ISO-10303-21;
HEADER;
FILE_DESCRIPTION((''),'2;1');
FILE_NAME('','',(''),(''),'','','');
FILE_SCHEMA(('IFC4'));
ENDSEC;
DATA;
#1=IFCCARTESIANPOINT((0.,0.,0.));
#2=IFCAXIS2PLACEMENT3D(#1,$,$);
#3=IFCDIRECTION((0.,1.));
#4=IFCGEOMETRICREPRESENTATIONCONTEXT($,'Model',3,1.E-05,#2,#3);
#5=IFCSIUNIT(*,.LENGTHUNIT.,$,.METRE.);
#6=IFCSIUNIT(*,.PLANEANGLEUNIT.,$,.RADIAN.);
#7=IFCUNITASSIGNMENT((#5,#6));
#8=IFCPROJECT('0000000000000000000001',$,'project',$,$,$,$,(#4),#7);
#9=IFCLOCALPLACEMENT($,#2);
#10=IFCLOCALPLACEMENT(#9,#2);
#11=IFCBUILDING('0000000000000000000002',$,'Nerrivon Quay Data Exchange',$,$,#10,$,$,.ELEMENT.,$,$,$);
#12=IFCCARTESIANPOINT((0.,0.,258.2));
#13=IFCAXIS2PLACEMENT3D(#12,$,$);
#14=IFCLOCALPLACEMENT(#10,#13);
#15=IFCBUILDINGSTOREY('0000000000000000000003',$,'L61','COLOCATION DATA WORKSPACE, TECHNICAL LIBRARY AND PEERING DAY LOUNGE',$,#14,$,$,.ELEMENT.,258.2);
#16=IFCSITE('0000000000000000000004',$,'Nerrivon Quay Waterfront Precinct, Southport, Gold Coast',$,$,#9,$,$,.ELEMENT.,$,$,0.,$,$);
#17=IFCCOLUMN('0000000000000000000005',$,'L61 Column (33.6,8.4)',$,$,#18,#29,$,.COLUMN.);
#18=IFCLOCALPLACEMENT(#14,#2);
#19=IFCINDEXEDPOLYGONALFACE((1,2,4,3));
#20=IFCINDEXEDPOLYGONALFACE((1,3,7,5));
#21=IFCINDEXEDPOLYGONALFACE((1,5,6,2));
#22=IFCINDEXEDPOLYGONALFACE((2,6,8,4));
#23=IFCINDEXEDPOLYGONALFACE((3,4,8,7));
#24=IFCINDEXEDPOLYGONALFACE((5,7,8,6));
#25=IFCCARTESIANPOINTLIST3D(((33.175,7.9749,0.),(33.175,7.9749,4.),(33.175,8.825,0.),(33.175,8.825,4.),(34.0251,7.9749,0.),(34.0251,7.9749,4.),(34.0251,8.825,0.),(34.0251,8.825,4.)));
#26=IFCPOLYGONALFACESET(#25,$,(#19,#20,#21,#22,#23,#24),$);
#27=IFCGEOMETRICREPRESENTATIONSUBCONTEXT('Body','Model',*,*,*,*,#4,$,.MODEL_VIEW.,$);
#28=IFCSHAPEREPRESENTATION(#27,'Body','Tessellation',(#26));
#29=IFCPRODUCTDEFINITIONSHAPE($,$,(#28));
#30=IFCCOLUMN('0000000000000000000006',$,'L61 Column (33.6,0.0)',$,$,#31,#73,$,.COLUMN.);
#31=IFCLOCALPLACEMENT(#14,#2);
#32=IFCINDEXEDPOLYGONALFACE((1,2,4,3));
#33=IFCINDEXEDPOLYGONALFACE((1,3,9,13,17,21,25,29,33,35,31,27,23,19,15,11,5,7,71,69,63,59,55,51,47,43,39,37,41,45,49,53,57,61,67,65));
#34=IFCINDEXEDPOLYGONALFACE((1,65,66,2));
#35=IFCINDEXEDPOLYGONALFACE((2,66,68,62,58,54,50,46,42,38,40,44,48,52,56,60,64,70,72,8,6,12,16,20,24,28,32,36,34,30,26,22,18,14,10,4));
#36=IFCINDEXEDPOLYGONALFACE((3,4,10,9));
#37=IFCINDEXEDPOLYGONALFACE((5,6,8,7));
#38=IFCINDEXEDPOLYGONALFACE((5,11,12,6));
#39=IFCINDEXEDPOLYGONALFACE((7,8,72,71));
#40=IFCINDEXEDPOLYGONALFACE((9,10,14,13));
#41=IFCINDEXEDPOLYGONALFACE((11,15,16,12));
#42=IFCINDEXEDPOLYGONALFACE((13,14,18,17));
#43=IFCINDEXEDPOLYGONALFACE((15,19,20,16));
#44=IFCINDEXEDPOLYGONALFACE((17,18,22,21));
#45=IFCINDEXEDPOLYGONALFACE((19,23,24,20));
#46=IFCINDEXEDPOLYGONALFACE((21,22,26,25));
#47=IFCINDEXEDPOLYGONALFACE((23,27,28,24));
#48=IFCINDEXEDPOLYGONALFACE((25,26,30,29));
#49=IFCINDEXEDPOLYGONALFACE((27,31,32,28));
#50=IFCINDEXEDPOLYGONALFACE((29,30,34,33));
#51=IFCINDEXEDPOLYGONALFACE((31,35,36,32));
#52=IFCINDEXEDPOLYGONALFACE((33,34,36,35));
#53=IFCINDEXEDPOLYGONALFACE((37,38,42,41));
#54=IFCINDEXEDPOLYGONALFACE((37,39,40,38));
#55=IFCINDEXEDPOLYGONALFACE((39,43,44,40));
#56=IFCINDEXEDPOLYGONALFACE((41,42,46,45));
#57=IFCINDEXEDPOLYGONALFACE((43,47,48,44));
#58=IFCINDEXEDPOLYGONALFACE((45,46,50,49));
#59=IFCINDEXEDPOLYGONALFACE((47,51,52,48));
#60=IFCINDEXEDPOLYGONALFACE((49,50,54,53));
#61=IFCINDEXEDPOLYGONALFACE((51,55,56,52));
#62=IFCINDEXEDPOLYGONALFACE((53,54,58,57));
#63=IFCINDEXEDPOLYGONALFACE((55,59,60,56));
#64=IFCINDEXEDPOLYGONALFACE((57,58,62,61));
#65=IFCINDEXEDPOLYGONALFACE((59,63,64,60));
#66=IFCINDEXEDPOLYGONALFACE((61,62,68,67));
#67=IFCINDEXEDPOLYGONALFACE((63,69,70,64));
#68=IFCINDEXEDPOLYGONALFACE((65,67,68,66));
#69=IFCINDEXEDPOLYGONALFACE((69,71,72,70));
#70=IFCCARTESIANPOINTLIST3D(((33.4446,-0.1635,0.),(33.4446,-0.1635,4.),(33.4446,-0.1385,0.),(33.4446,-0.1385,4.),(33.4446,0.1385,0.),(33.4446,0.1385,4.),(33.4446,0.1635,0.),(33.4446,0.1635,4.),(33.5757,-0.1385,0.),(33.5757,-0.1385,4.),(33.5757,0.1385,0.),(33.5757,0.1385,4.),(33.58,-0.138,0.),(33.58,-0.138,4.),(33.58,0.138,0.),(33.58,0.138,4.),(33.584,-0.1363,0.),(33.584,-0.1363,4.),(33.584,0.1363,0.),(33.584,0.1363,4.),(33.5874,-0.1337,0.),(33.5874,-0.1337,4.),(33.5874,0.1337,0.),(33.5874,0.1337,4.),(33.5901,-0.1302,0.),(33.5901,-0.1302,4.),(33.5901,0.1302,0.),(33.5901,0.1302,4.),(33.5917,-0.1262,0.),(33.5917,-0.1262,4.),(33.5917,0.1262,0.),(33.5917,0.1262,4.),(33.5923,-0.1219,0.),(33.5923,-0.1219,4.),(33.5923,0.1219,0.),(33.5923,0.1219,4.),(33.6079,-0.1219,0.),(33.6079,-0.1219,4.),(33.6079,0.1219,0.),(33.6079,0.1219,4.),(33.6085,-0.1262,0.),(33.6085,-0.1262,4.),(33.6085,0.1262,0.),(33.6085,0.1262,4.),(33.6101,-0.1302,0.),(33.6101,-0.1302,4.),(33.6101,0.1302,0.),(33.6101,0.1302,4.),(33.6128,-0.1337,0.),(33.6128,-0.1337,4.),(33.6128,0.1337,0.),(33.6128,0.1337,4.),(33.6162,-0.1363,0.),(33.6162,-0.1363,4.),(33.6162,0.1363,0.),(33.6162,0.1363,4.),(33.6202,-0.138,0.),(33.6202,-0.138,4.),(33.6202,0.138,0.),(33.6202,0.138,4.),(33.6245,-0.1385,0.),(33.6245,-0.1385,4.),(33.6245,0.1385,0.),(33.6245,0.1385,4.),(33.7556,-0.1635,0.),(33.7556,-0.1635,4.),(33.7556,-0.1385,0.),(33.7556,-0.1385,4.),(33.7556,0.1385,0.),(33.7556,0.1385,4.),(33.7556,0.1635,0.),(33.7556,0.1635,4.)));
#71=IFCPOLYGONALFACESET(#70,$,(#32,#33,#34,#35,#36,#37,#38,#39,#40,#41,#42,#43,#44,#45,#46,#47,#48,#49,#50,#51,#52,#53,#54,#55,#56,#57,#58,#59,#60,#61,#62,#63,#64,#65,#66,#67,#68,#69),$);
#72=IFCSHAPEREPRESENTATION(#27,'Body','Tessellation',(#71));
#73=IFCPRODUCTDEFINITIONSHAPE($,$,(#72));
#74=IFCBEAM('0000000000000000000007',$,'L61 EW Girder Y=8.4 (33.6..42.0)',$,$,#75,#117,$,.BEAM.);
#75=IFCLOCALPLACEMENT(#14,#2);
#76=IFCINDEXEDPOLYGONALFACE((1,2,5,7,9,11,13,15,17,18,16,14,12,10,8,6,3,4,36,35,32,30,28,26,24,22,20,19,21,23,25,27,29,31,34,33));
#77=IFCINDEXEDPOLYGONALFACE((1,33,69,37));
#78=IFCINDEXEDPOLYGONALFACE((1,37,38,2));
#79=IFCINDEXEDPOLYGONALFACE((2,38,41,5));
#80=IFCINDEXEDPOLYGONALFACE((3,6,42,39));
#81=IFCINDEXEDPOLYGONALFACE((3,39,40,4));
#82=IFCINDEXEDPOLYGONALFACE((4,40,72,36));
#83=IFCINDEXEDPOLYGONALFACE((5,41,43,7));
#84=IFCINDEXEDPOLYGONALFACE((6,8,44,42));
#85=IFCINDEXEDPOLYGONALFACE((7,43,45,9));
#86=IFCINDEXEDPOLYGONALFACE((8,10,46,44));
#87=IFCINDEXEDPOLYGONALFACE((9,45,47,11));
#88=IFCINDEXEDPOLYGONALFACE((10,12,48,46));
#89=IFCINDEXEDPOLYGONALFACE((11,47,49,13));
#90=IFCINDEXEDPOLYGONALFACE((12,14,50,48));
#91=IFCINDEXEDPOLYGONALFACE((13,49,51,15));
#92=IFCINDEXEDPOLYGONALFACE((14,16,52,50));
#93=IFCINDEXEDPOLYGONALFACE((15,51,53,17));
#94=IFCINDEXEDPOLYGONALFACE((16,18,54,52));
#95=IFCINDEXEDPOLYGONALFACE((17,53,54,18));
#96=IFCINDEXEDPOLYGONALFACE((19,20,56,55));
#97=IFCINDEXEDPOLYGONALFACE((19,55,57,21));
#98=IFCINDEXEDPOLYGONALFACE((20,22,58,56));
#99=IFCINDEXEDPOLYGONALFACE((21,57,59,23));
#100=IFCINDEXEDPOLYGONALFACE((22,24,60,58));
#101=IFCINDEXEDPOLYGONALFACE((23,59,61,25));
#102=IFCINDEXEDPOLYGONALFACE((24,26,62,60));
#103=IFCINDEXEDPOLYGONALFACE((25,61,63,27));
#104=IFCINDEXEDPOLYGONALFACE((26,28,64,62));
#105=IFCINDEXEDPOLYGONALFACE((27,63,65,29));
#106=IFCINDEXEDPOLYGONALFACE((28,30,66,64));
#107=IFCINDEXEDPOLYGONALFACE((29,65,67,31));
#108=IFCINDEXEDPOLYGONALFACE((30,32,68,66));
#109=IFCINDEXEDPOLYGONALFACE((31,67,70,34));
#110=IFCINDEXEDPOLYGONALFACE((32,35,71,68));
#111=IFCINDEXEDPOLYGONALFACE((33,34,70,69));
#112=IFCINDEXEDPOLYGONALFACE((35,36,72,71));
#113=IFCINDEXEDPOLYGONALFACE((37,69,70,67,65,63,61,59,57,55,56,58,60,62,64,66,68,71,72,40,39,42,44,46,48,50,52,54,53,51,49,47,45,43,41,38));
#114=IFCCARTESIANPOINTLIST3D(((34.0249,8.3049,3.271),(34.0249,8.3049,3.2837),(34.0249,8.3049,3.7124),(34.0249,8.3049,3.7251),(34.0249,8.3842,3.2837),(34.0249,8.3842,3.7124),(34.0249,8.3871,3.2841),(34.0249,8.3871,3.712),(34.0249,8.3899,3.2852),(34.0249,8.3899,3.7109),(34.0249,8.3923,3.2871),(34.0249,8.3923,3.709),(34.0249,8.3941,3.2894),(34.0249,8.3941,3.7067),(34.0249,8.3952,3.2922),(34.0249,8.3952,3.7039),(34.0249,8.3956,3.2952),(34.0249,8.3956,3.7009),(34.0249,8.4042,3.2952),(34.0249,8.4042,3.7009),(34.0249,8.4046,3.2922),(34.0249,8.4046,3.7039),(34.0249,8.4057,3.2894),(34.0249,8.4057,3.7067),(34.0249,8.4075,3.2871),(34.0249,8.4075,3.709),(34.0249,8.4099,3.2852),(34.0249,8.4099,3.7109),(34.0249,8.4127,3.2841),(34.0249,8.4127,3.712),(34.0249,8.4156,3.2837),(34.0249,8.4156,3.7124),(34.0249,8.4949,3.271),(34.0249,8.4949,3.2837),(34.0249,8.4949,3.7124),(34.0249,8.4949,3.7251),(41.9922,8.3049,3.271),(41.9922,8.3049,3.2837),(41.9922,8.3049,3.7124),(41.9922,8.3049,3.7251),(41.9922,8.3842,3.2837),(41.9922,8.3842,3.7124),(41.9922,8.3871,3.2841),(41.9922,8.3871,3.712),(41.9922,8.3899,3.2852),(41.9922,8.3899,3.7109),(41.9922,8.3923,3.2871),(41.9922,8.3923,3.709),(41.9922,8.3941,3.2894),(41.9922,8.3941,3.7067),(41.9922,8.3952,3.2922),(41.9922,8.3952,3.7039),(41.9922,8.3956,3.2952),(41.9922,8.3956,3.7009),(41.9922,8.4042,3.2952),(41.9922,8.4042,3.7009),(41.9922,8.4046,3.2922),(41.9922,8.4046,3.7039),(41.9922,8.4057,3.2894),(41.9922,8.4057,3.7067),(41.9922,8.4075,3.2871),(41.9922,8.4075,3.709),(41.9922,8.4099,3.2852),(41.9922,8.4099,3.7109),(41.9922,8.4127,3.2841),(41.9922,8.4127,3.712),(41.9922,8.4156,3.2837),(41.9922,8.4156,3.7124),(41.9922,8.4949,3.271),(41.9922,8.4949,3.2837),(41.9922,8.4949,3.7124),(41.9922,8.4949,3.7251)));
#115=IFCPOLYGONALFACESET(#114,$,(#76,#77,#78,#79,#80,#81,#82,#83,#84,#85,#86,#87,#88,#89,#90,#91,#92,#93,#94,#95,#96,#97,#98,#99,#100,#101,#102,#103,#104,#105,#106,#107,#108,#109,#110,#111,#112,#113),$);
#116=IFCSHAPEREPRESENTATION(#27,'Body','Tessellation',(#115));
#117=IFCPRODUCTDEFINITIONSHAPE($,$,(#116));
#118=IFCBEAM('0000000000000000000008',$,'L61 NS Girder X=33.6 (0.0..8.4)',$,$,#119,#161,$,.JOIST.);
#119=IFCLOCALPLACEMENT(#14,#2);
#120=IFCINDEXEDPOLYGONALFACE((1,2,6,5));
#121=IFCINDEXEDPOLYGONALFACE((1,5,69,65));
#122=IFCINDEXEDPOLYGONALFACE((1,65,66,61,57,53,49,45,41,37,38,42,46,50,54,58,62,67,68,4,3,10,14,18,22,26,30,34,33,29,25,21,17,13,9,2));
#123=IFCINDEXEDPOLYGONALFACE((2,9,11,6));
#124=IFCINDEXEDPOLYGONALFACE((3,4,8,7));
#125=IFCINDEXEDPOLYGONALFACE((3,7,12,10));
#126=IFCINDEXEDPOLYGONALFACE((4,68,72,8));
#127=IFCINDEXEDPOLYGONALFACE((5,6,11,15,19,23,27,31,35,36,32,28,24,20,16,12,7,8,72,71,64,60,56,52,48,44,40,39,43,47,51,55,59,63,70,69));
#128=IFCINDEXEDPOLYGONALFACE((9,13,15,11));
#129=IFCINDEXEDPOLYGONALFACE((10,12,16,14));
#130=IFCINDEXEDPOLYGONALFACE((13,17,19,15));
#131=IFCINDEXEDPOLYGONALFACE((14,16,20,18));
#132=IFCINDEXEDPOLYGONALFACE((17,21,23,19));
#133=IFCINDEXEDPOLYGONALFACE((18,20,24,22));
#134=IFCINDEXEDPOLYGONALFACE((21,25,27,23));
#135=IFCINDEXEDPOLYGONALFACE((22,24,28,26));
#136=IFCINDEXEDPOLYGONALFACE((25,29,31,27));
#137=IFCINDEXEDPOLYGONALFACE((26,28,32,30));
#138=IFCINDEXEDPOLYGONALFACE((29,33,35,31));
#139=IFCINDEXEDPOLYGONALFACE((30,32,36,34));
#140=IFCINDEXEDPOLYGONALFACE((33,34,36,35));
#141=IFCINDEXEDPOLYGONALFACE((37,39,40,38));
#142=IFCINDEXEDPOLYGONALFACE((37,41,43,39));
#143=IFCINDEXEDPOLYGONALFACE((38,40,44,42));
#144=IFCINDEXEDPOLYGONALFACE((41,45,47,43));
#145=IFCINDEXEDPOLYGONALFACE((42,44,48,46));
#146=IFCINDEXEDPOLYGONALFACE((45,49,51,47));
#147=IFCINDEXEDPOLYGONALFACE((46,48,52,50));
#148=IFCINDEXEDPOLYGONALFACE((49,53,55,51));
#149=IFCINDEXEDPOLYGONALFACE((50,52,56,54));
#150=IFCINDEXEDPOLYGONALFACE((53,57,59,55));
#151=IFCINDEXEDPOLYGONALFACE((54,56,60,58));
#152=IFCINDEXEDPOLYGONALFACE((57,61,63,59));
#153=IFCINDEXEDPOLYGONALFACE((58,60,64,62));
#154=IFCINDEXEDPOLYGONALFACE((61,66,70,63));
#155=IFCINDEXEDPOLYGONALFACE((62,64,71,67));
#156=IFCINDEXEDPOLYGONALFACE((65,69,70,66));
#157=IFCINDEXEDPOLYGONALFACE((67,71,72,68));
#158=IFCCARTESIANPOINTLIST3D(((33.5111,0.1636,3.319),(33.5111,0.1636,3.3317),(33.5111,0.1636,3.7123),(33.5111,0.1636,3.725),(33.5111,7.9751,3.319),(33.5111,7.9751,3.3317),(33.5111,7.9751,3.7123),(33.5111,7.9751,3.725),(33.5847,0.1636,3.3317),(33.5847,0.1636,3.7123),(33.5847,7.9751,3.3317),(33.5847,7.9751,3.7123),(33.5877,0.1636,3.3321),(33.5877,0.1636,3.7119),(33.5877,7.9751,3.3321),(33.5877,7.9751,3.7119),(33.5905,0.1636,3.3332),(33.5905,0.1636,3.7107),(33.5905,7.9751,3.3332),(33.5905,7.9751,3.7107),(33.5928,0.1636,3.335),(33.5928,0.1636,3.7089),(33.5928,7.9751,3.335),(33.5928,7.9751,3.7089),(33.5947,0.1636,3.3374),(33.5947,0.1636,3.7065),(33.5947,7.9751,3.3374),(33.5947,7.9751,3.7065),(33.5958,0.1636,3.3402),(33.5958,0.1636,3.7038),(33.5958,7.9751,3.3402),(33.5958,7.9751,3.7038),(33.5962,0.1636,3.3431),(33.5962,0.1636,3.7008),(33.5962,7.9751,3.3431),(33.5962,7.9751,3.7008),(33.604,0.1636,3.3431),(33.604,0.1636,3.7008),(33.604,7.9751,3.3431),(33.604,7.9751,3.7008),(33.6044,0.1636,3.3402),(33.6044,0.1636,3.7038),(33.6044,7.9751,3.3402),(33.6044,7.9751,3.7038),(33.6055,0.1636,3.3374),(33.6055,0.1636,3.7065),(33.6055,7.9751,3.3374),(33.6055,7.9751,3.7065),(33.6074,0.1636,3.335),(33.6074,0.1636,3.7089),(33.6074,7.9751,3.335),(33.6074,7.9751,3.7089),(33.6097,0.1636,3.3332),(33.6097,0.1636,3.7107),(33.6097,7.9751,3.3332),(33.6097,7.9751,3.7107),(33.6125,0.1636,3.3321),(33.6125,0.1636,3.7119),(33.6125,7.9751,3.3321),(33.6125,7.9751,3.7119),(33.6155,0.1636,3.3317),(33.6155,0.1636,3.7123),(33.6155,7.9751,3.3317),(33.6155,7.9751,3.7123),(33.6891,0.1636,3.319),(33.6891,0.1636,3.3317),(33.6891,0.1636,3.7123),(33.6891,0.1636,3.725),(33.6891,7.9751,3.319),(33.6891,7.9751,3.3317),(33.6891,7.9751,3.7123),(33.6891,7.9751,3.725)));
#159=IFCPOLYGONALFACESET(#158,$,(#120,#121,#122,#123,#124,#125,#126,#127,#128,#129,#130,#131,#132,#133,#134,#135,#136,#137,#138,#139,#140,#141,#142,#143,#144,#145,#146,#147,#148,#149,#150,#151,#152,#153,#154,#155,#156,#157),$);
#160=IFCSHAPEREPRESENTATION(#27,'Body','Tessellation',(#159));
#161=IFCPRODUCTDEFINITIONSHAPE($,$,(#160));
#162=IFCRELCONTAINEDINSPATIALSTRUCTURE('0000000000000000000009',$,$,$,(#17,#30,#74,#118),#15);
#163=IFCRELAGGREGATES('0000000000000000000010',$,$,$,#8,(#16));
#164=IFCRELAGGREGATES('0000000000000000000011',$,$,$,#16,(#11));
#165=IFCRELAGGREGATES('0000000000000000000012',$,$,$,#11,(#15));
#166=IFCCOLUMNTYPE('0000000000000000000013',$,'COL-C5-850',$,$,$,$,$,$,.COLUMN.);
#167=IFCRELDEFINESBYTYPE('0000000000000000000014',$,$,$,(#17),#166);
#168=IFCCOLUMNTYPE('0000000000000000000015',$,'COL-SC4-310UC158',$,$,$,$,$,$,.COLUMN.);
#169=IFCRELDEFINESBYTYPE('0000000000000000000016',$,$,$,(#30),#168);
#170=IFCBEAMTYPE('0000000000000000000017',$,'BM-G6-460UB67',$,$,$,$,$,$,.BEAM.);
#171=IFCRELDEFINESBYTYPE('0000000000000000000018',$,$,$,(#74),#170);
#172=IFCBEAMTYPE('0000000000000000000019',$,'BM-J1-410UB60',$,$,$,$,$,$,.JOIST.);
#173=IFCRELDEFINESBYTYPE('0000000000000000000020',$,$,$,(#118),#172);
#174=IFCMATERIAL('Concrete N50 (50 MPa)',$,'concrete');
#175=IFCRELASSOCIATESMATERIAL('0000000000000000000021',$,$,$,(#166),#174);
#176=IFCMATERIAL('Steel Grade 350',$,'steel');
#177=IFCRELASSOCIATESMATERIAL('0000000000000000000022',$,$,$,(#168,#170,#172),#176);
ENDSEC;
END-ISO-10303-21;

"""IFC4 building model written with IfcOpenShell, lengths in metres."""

from ifc_helpers import new_model, si_unit, direction, frame, origin, origin_2d, place, context, subcontext, project, spatial, rectangle, i_section, extrude, material, material_profile, profile_set, type_object, element, save


model = new_model("IFC4")

# Units and contexts
model_context = context("Model", 3, precision=1e-05, world=origin(), true_north=direction((0.0, 1.0)))
body_context = subcontext(model_context, "Body", "Model", "MODEL_VIEW")
ifc_project = project(units=[si_unit("LENGTHUNIT", "METRE"), si_unit("PLANEANGLEUNIT", "RADIAN")], contexts=[model_context])

# Site, building, storey
site_placement = place(None, origin())
site = spatial("IfcSite", under=ifc_project, at=site_placement, Name="Nerrivon Quay Waterfront Precinct, Southport, Gold Coast", CompositionType="ELEMENT", RefElevation=0.0)
building_placement = place(site_placement, origin())
building = spatial("IfcBuilding", under=site, at=building_placement, Name="Nerrivon Quay Data Exchange", CompositionType="ELEMENT")
storey_placement = place(building_placement, frame((0.0, 0.0, 258.2)))
storey = spatial("IfcBuildingStorey", under=building, at=storey_placement, Name="L61", Description="COLOCATION DATA WORKSPACE, TECHNICAL LIBRARY AND PEERING DAY LOUNGE", CompositionType="ELEMENT", Elevation=258.2)

# Columns
ifc_material_1 = material(Name="Concrete N50 (50 MPa)", Category="concrete")
ifc_material_profile_1 = material_profile(ifc_material_1, rectangle(XDim=0.8501, YDim=0.8501, at=origin_2d()), Name="RC-COL-850x850")
ifc_profile_set_1 = profile_set([ifc_material_profile_1], Name="Concrete N50 (50 MPa)")
column_type_1 = type_object("IfcColumnType", Name="COL-C5-850", PredefinedType="COLUMN", material=ifc_profile_set_1)
column_1_placement = place(storey_placement, frame((33.6001, 8.3999, 0.0), z_axis=(0.0, 0.0, 1.0), x_axis=(1.0, 0.0, 0.0)))
element("IfcColumn", 1, at=column_1_placement, inside=storey, type_object=column_type_1, Name="L61 Column (33.6,8.4)", PredefinedType="COLUMN", context=body_context, shape_type="SweptSolid", body=[
    extrude(rectangle(XDim=0.8501, YDim=0.8501, at=origin_2d()), origin(), (0.0, 0.0, 1.0), 4.0),
])
ifc_material_2 = material(Name="Steel Grade 350", Category="steel")
ifc_material_profile_2 = material_profile(ifc_material_2, i_section(OverallWidth=0.311, OverallDepth=0.3269, WebThickness=0.0156, FlangeThickness=0.0249, FilletRadius=0.0166, at=origin_2d()), Name="310UC158")
ifc_profile_set_2 = profile_set([ifc_material_profile_2], Name="Steel Grade 350")
column_type_2 = type_object("IfcColumnType", Name="COL-SC4-310UC158", PredefinedType="COLUMN", material=ifc_profile_set_2)
column_2_placement = place(storey_placement, frame((33.6001, 0.0, 0.0), z_axis=(0.0, 0.0, 1.0), x_axis=(1.0, 0.0, 0.0)))
element("IfcColumn", 2, at=column_2_placement, inside=storey, type_object=column_type_2, Name="L61 Column (33.6,0.0)", PredefinedType="COLUMN", context=body_context, shape_type="SweptSolid", body=[
    extrude(i_section(OverallWidth=0.311, OverallDepth=0.3269, WebThickness=0.0156, FlangeThickness=0.0249, FilletRadius=0.0166, at=origin_2d()), origin(), (0.0, 0.0, 1.0), 4.0),
])

# Beams
ifc_material_profile_3 = material_profile(ifc_material_2, i_section(OverallWidth=0.1899, OverallDepth=0.4541, WebThickness=0.0085, FlangeThickness=0.0127, FilletRadius=0.0115, at=origin_2d()), Name="460UB67.1")
ifc_profile_set_3 = profile_set([ifc_material_profile_3], Name="Steel Grade 350")
beam_type_1 = type_object("IfcBeamType", Name="BM-G6-460UB67", PredefinedType="BEAM", material=ifc_profile_set_3)
beam_1_placement = place(storey_placement, frame((34.0249, 8.3999, 3.498), z_axis=(1.0, 0.0, 0.0), x_axis=(0.0, 1.0, 0.0)))
element("IfcBeam", 3, at=beam_1_placement, inside=storey, type_object=beam_type_1, Name="L61 EW Girder Y=8.4 (33.6..42.0)", PredefinedType="BEAM", context=body_context, shape_type="SweptSolid", body=[
    extrude(i_section(OverallWidth=0.1899, OverallDepth=0.4541, WebThickness=0.0085, FlangeThickness=0.0127, FilletRadius=0.0115, at=origin_2d()), origin(), (0.0, 0.0, 1.0), 7.9673),
])
ifc_material_profile_4 = material_profile(ifc_material_2, i_section(OverallWidth=0.178, OverallDepth=0.406, WebThickness=0.0078, FlangeThickness=0.0127, FilletRadius=0.0115, at=origin_2d()), Name="410UB59.7")
ifc_profile_set_4 = profile_set([ifc_material_profile_4], Name="Steel Grade 350")
beam_type_2 = type_object("IfcBeamType", Name="BM-J1-410UB60", PredefinedType="JOIST", material=ifc_profile_set_4)
beam_2_placement = place(storey_placement, frame((33.6001, 0.1636, 3.522), z_axis=(0.0, 1.0, 0.0), x_axis=(-1.0, 0.0, 0.0)))
element("IfcBeam", 4, at=beam_2_placement, inside=storey, type_object=beam_type_2, Name="L61 NS Girder X=33.6 (0.0..8.4)", PredefinedType="JOIST", context=body_context, shape_type="SweptSolid", body=[
    extrude(i_section(OverallWidth=0.178, OverallDepth=0.406, WebThickness=0.0078, FlangeThickness=0.0127, FilletRadius=0.0115, at=origin_2d()), origin(), (0.0, 0.0, 1.0), 7.8115),
])

save(model, "model.ifc")
